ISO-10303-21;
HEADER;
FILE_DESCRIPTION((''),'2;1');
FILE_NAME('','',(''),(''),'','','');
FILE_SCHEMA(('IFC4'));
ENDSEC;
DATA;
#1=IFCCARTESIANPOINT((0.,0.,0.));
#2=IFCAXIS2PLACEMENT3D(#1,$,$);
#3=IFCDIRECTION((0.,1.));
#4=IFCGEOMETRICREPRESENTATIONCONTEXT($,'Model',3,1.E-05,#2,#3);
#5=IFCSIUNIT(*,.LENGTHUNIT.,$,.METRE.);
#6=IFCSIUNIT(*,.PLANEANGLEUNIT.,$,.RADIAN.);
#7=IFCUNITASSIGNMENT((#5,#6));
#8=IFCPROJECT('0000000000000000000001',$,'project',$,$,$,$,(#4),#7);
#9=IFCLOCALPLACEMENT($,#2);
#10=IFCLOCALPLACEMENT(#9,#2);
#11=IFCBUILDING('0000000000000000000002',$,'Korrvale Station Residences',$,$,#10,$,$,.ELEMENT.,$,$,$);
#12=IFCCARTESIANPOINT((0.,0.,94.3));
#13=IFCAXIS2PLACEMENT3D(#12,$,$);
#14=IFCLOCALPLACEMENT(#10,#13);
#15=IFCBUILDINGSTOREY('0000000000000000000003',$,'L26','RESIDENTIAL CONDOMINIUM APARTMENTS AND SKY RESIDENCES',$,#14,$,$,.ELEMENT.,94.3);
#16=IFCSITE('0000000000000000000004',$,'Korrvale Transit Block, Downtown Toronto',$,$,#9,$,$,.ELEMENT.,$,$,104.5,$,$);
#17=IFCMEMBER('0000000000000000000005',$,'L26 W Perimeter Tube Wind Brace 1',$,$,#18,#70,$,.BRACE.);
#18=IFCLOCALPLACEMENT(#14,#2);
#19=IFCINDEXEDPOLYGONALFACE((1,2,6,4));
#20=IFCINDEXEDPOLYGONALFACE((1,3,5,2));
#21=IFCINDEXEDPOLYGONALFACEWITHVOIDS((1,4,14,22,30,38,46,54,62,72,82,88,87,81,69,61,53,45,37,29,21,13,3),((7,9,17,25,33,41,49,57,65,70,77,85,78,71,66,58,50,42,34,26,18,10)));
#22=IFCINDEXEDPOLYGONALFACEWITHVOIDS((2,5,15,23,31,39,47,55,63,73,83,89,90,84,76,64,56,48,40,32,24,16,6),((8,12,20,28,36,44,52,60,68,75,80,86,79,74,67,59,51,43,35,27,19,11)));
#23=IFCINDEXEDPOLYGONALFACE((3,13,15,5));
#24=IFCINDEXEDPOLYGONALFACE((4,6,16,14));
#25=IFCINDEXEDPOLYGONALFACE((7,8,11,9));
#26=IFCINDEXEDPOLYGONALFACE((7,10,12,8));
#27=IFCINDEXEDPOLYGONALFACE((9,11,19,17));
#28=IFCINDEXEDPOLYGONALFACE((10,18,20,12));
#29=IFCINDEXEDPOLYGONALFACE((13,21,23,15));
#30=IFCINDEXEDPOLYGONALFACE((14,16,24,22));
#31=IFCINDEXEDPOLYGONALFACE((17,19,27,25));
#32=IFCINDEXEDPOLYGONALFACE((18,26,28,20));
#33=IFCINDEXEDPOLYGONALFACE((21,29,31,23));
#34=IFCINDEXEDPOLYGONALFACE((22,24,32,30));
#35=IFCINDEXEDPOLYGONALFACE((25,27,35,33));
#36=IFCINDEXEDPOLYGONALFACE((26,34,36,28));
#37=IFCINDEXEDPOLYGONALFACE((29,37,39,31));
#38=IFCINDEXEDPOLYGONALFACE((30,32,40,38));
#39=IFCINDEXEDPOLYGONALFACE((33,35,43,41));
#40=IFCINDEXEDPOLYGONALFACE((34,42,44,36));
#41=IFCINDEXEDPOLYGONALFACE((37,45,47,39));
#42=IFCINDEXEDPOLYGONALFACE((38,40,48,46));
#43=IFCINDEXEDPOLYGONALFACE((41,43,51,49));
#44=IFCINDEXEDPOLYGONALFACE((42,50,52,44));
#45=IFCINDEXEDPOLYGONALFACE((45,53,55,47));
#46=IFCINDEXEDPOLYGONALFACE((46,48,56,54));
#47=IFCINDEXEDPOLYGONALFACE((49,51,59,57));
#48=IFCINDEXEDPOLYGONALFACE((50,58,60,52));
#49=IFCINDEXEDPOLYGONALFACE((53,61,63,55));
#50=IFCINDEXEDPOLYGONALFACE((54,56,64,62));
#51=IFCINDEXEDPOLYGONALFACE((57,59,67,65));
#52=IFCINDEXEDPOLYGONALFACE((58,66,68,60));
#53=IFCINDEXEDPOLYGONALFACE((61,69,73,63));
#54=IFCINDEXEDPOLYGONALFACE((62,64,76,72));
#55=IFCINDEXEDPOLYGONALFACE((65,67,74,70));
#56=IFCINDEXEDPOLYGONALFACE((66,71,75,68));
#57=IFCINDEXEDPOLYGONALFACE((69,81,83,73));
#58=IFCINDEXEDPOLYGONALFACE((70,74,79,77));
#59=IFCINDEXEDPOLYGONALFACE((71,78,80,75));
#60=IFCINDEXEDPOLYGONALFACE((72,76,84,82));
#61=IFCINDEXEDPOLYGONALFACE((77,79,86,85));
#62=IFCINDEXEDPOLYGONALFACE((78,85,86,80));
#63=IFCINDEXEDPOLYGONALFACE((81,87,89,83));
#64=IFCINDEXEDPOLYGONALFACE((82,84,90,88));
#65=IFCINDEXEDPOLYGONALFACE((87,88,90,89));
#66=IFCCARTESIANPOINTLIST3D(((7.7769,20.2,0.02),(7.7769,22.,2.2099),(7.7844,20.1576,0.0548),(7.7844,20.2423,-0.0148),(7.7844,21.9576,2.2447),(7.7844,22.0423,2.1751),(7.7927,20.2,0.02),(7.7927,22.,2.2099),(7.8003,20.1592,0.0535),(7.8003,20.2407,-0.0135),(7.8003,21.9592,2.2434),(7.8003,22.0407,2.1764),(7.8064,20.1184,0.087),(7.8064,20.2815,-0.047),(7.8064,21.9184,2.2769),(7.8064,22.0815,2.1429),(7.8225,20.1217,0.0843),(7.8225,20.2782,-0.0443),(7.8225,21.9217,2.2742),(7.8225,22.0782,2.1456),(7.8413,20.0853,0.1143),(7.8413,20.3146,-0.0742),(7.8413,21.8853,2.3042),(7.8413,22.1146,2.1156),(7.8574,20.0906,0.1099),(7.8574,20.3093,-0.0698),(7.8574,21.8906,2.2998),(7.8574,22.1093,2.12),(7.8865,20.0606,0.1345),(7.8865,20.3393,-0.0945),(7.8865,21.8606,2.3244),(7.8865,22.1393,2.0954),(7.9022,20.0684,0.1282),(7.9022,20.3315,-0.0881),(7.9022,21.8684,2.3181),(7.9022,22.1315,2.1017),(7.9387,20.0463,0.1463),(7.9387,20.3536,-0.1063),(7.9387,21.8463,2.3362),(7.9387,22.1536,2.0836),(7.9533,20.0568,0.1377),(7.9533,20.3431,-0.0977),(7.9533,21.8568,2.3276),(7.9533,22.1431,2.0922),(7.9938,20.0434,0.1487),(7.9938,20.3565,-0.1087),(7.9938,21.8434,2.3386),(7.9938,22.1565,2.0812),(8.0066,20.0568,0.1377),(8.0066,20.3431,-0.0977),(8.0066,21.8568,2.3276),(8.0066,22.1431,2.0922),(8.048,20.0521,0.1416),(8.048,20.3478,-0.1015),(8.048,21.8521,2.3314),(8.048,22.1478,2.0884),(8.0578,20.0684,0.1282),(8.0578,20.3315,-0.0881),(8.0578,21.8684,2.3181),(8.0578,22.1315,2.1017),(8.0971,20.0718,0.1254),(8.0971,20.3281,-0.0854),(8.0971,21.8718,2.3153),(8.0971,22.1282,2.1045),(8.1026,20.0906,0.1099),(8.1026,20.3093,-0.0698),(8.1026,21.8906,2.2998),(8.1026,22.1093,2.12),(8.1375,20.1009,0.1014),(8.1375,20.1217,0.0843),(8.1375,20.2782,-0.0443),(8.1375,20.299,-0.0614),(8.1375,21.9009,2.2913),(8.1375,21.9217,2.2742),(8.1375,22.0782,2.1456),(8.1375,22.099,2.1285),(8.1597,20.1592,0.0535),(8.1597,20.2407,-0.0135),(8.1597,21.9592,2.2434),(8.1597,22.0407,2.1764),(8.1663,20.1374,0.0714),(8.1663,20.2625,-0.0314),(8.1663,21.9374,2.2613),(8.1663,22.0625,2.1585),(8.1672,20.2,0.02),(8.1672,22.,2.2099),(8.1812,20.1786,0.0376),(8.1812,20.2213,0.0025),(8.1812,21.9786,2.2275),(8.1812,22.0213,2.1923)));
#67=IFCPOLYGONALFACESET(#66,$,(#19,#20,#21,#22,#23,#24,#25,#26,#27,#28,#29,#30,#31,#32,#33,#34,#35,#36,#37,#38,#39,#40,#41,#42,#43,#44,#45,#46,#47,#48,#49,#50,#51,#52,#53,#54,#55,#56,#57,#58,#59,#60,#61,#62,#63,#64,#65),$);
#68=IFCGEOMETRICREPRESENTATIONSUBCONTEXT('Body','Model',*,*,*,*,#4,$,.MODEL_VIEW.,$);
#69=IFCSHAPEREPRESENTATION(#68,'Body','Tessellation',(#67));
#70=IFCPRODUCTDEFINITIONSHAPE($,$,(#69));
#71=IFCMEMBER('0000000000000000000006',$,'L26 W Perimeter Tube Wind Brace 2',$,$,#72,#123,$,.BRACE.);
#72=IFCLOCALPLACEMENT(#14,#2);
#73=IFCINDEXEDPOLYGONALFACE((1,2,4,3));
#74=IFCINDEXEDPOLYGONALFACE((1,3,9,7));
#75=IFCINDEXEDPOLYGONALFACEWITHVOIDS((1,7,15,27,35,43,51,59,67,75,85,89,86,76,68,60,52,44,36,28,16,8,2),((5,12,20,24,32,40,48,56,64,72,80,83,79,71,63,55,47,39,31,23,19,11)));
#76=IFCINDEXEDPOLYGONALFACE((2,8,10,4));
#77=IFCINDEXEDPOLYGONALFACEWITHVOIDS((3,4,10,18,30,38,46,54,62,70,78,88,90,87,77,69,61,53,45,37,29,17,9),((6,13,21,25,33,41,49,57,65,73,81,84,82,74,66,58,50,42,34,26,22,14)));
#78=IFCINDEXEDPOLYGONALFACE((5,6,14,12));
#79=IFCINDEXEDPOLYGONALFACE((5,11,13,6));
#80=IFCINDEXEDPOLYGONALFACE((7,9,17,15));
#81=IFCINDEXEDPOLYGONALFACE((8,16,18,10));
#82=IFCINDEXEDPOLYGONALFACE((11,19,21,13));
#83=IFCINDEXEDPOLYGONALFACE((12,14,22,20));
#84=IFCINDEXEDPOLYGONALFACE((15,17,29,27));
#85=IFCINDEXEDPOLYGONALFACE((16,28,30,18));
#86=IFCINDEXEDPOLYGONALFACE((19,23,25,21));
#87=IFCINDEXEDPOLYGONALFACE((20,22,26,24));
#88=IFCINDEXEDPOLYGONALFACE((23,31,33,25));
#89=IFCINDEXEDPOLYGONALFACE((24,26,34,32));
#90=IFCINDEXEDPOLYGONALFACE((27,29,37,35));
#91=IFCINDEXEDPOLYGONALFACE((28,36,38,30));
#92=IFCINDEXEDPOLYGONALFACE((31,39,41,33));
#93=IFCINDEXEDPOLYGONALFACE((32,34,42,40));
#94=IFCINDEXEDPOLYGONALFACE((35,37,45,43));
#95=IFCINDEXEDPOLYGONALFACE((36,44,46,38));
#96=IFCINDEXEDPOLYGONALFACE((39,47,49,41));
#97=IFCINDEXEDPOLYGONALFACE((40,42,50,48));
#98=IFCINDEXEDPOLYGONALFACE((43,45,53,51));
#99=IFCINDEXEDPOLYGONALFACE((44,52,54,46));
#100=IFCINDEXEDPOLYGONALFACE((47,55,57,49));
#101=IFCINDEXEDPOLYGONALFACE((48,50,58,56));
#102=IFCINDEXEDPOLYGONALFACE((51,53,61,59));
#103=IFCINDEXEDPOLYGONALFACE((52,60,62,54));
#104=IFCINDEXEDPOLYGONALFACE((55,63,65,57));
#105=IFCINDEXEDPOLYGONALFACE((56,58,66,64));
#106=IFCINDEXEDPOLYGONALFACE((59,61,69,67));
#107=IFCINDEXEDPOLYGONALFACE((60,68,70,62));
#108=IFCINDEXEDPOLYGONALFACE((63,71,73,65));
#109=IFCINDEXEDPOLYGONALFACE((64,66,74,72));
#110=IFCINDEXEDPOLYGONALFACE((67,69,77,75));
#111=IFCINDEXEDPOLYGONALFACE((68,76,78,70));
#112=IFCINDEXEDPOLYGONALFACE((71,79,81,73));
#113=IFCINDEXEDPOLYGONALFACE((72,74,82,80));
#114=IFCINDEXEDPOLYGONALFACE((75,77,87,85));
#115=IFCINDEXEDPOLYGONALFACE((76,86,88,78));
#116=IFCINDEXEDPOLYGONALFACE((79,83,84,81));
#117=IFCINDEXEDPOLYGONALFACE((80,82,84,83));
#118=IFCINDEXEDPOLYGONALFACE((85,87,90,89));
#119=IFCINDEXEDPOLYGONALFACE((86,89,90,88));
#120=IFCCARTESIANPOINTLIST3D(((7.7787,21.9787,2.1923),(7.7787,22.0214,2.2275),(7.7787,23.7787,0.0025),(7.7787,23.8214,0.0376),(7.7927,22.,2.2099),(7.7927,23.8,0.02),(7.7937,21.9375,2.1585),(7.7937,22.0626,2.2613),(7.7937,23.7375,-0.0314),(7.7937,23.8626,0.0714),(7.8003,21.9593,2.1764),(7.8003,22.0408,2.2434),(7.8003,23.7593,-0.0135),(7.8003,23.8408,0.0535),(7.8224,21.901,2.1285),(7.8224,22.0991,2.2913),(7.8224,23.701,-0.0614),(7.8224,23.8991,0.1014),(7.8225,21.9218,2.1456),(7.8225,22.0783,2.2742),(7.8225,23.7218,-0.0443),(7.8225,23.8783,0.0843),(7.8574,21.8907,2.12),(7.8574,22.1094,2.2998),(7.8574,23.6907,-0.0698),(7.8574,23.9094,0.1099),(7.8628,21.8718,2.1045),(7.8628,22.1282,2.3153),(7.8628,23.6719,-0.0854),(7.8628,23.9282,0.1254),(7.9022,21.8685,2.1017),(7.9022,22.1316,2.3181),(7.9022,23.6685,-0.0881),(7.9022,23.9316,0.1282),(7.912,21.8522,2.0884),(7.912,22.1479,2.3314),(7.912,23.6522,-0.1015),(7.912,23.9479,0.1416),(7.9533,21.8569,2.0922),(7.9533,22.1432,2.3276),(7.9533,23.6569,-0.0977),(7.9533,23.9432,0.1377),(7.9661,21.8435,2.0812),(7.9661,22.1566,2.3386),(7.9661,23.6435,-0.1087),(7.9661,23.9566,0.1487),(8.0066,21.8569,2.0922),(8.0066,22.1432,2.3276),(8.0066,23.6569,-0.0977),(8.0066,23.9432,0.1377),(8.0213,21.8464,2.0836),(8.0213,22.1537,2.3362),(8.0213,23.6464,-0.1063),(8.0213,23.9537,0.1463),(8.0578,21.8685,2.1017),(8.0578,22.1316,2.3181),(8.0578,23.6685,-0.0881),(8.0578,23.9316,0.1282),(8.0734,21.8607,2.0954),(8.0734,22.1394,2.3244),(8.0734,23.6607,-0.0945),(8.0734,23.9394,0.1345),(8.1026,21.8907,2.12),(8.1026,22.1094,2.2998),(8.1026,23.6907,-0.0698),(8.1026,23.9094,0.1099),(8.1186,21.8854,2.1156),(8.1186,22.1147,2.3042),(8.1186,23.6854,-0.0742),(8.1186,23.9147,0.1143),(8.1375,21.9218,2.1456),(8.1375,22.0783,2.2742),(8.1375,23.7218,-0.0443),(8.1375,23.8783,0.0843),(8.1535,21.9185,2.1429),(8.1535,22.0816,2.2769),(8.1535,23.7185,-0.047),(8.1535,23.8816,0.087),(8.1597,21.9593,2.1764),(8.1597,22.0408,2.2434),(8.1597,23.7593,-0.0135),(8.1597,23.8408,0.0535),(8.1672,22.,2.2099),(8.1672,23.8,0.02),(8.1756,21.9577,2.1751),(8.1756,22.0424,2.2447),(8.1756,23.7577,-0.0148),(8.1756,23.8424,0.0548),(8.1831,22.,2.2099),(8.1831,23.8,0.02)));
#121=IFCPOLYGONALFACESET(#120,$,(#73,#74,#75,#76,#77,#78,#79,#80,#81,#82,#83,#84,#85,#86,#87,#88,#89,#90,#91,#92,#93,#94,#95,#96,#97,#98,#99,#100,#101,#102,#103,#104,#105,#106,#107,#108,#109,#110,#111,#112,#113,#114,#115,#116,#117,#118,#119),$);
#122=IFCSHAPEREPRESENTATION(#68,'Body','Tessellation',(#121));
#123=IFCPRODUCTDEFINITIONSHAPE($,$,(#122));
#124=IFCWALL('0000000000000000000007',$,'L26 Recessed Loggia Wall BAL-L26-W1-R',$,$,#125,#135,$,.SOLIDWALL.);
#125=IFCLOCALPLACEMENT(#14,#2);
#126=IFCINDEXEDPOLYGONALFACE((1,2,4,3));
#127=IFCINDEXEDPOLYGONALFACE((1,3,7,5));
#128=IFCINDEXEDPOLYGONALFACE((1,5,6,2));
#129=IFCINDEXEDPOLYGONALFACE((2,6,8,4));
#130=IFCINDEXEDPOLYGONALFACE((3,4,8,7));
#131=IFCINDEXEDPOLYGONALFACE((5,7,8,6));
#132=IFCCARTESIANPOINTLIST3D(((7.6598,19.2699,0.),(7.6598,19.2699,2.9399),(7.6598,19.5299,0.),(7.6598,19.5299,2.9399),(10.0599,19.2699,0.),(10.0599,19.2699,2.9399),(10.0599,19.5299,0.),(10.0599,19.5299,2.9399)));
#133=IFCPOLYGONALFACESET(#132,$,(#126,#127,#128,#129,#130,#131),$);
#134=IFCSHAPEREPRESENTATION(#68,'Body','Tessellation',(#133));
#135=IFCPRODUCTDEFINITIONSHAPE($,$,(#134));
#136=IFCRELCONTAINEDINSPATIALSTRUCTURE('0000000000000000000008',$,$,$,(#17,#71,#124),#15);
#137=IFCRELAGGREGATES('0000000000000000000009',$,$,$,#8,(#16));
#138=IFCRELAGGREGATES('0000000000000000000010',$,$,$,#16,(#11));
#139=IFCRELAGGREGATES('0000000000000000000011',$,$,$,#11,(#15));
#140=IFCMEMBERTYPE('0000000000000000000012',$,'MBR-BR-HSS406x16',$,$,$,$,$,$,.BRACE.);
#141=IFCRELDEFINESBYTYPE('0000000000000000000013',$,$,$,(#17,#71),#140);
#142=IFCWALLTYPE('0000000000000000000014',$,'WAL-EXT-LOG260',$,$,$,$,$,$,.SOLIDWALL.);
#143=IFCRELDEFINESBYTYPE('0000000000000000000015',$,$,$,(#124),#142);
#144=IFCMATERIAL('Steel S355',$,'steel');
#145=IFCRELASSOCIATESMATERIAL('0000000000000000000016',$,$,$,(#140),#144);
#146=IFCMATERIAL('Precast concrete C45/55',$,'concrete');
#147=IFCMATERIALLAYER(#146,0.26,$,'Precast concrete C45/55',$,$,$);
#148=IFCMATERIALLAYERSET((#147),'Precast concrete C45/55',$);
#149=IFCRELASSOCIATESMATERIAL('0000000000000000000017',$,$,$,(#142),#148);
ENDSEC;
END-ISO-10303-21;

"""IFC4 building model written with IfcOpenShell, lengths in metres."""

from ifc_helpers import new_model, si_unit, direction, frame, frame_2d, origin, origin_2d, place, context, subcontext, project, spatial, rectangle, hollow_circle, extrude, material, layer, layer_set, material_profile, profile_set, type_object, element, save


model = new_model("IFC4")

# Units and contexts
model_context = context("Model", 3, precision=1e-05, world=origin(), true_north=direction((0.0, 1.0)))
body_context = subcontext(model_context, "Body", "Model", "MODEL_VIEW")
ifc_project = project(units=[si_unit("LENGTHUNIT", "METRE"), si_unit("PLANEANGLEUNIT", "RADIAN")], contexts=[model_context])

# Site, building, storey
site_placement = place(None, origin())
site = spatial("IfcSite", under=ifc_project, at=site_placement, Name="Korrvale Transit Block, Downtown Toronto", CompositionType="ELEMENT", RefElevation=104.5)
building_placement = place(site_placement, origin())
building = spatial("IfcBuilding", under=site, at=building_placement, Name="Korrvale Station Residences", CompositionType="ELEMENT")
storey_placement = place(building_placement, frame((0.0, 0.0, 94.3)))
storey = spatial("IfcBuildingStorey", under=building, at=storey_placement, Name="L26", Description="RESIDENTIAL CONDOMINIUM APARTMENTS AND SKY RESIDENCES", CompositionType="ELEMENT", Elevation=94.3)

# Shared definitions
ifc_material_1 = material(Name="Steel S355", Category="steel")

# Members
ifc_material_profile_1 = material_profile(ifc_material_1, hollow_circle(Radius=0.2031, WallThickness=0.0159, at=origin_2d()), Name="HSS406x16")
ifc_profile_set_1 = profile_set([ifc_material_profile_1], Name="Steel S355")
member_type = type_object("IfcMemberType", Name="MBR-BR-HSS406x16", PredefinedType="BRACE", material=ifc_profile_set_1)
for number, where, z_axis, x_axis, name in (
    (1, (7.98, 20.2, 0.02), (0.0, 0.634985, 0.772524), (-1.0, 0.0, 0.0), "L26 W Perimeter Tube Wind Brace 1"),
    (2, (7.98, 23.8, 0.02), (0.0, -0.634985, 0.772524), (1.0, 0.0, 0.0), "L26 W Perimeter Tube Wind Brace 2"),
):
    element("IfcMember", number, at=place(storey_placement, frame(where, z_axis=z_axis, x_axis=x_axis)), inside=storey, type_object=member_type, Name=name, PredefinedType="BRACE", context=body_context, shape_type="SweptSolid", body=[
        extrude(hollow_circle(Radius=0.2031, WallThickness=0.0159, at=origin_2d()), origin(), (0.0, 0.0, 1.0), 2.8347),
    ])

# Wall
ifc_material_2 = material(Name="Precast concrete C45/55", Category="concrete")
ifc_layer_1 = layer(ifc_material_2, 0.26, Name="Precast concrete C45/55")
ifc_layer_set_1 = layer_set([ifc_layer_1], Name="Precast concrete C45/55")
wall_type_1 = type_object("IfcWallType", Name="WAL-EXT-LOG260", PredefinedType="SOLIDWALL", material=ifc_layer_set_1)
wall_1_placement = place(storey_placement, frame((10.0601, 19.3999, 0.0), z_axis=(0.0, 0.0, 1.0), x_axis=(-1.0, 0.0, 0.0)))
element("IfcWall", 3, at=wall_1_placement, inside=storey, type_object=wall_type_1, Name="L26 Recessed Loggia Wall BAL-L26-W1-R", PredefinedType="SOLIDWALL", context=body_context, shape_type="SweptSolid", body=[
    extrude(rectangle(XDim=2.4001, YDim=0.26, at=frame_2d((1.2002, 0.0))), origin(), (0.0, 0.0, 1.0), 2.9399),
])

save(model, "model.ifc")
